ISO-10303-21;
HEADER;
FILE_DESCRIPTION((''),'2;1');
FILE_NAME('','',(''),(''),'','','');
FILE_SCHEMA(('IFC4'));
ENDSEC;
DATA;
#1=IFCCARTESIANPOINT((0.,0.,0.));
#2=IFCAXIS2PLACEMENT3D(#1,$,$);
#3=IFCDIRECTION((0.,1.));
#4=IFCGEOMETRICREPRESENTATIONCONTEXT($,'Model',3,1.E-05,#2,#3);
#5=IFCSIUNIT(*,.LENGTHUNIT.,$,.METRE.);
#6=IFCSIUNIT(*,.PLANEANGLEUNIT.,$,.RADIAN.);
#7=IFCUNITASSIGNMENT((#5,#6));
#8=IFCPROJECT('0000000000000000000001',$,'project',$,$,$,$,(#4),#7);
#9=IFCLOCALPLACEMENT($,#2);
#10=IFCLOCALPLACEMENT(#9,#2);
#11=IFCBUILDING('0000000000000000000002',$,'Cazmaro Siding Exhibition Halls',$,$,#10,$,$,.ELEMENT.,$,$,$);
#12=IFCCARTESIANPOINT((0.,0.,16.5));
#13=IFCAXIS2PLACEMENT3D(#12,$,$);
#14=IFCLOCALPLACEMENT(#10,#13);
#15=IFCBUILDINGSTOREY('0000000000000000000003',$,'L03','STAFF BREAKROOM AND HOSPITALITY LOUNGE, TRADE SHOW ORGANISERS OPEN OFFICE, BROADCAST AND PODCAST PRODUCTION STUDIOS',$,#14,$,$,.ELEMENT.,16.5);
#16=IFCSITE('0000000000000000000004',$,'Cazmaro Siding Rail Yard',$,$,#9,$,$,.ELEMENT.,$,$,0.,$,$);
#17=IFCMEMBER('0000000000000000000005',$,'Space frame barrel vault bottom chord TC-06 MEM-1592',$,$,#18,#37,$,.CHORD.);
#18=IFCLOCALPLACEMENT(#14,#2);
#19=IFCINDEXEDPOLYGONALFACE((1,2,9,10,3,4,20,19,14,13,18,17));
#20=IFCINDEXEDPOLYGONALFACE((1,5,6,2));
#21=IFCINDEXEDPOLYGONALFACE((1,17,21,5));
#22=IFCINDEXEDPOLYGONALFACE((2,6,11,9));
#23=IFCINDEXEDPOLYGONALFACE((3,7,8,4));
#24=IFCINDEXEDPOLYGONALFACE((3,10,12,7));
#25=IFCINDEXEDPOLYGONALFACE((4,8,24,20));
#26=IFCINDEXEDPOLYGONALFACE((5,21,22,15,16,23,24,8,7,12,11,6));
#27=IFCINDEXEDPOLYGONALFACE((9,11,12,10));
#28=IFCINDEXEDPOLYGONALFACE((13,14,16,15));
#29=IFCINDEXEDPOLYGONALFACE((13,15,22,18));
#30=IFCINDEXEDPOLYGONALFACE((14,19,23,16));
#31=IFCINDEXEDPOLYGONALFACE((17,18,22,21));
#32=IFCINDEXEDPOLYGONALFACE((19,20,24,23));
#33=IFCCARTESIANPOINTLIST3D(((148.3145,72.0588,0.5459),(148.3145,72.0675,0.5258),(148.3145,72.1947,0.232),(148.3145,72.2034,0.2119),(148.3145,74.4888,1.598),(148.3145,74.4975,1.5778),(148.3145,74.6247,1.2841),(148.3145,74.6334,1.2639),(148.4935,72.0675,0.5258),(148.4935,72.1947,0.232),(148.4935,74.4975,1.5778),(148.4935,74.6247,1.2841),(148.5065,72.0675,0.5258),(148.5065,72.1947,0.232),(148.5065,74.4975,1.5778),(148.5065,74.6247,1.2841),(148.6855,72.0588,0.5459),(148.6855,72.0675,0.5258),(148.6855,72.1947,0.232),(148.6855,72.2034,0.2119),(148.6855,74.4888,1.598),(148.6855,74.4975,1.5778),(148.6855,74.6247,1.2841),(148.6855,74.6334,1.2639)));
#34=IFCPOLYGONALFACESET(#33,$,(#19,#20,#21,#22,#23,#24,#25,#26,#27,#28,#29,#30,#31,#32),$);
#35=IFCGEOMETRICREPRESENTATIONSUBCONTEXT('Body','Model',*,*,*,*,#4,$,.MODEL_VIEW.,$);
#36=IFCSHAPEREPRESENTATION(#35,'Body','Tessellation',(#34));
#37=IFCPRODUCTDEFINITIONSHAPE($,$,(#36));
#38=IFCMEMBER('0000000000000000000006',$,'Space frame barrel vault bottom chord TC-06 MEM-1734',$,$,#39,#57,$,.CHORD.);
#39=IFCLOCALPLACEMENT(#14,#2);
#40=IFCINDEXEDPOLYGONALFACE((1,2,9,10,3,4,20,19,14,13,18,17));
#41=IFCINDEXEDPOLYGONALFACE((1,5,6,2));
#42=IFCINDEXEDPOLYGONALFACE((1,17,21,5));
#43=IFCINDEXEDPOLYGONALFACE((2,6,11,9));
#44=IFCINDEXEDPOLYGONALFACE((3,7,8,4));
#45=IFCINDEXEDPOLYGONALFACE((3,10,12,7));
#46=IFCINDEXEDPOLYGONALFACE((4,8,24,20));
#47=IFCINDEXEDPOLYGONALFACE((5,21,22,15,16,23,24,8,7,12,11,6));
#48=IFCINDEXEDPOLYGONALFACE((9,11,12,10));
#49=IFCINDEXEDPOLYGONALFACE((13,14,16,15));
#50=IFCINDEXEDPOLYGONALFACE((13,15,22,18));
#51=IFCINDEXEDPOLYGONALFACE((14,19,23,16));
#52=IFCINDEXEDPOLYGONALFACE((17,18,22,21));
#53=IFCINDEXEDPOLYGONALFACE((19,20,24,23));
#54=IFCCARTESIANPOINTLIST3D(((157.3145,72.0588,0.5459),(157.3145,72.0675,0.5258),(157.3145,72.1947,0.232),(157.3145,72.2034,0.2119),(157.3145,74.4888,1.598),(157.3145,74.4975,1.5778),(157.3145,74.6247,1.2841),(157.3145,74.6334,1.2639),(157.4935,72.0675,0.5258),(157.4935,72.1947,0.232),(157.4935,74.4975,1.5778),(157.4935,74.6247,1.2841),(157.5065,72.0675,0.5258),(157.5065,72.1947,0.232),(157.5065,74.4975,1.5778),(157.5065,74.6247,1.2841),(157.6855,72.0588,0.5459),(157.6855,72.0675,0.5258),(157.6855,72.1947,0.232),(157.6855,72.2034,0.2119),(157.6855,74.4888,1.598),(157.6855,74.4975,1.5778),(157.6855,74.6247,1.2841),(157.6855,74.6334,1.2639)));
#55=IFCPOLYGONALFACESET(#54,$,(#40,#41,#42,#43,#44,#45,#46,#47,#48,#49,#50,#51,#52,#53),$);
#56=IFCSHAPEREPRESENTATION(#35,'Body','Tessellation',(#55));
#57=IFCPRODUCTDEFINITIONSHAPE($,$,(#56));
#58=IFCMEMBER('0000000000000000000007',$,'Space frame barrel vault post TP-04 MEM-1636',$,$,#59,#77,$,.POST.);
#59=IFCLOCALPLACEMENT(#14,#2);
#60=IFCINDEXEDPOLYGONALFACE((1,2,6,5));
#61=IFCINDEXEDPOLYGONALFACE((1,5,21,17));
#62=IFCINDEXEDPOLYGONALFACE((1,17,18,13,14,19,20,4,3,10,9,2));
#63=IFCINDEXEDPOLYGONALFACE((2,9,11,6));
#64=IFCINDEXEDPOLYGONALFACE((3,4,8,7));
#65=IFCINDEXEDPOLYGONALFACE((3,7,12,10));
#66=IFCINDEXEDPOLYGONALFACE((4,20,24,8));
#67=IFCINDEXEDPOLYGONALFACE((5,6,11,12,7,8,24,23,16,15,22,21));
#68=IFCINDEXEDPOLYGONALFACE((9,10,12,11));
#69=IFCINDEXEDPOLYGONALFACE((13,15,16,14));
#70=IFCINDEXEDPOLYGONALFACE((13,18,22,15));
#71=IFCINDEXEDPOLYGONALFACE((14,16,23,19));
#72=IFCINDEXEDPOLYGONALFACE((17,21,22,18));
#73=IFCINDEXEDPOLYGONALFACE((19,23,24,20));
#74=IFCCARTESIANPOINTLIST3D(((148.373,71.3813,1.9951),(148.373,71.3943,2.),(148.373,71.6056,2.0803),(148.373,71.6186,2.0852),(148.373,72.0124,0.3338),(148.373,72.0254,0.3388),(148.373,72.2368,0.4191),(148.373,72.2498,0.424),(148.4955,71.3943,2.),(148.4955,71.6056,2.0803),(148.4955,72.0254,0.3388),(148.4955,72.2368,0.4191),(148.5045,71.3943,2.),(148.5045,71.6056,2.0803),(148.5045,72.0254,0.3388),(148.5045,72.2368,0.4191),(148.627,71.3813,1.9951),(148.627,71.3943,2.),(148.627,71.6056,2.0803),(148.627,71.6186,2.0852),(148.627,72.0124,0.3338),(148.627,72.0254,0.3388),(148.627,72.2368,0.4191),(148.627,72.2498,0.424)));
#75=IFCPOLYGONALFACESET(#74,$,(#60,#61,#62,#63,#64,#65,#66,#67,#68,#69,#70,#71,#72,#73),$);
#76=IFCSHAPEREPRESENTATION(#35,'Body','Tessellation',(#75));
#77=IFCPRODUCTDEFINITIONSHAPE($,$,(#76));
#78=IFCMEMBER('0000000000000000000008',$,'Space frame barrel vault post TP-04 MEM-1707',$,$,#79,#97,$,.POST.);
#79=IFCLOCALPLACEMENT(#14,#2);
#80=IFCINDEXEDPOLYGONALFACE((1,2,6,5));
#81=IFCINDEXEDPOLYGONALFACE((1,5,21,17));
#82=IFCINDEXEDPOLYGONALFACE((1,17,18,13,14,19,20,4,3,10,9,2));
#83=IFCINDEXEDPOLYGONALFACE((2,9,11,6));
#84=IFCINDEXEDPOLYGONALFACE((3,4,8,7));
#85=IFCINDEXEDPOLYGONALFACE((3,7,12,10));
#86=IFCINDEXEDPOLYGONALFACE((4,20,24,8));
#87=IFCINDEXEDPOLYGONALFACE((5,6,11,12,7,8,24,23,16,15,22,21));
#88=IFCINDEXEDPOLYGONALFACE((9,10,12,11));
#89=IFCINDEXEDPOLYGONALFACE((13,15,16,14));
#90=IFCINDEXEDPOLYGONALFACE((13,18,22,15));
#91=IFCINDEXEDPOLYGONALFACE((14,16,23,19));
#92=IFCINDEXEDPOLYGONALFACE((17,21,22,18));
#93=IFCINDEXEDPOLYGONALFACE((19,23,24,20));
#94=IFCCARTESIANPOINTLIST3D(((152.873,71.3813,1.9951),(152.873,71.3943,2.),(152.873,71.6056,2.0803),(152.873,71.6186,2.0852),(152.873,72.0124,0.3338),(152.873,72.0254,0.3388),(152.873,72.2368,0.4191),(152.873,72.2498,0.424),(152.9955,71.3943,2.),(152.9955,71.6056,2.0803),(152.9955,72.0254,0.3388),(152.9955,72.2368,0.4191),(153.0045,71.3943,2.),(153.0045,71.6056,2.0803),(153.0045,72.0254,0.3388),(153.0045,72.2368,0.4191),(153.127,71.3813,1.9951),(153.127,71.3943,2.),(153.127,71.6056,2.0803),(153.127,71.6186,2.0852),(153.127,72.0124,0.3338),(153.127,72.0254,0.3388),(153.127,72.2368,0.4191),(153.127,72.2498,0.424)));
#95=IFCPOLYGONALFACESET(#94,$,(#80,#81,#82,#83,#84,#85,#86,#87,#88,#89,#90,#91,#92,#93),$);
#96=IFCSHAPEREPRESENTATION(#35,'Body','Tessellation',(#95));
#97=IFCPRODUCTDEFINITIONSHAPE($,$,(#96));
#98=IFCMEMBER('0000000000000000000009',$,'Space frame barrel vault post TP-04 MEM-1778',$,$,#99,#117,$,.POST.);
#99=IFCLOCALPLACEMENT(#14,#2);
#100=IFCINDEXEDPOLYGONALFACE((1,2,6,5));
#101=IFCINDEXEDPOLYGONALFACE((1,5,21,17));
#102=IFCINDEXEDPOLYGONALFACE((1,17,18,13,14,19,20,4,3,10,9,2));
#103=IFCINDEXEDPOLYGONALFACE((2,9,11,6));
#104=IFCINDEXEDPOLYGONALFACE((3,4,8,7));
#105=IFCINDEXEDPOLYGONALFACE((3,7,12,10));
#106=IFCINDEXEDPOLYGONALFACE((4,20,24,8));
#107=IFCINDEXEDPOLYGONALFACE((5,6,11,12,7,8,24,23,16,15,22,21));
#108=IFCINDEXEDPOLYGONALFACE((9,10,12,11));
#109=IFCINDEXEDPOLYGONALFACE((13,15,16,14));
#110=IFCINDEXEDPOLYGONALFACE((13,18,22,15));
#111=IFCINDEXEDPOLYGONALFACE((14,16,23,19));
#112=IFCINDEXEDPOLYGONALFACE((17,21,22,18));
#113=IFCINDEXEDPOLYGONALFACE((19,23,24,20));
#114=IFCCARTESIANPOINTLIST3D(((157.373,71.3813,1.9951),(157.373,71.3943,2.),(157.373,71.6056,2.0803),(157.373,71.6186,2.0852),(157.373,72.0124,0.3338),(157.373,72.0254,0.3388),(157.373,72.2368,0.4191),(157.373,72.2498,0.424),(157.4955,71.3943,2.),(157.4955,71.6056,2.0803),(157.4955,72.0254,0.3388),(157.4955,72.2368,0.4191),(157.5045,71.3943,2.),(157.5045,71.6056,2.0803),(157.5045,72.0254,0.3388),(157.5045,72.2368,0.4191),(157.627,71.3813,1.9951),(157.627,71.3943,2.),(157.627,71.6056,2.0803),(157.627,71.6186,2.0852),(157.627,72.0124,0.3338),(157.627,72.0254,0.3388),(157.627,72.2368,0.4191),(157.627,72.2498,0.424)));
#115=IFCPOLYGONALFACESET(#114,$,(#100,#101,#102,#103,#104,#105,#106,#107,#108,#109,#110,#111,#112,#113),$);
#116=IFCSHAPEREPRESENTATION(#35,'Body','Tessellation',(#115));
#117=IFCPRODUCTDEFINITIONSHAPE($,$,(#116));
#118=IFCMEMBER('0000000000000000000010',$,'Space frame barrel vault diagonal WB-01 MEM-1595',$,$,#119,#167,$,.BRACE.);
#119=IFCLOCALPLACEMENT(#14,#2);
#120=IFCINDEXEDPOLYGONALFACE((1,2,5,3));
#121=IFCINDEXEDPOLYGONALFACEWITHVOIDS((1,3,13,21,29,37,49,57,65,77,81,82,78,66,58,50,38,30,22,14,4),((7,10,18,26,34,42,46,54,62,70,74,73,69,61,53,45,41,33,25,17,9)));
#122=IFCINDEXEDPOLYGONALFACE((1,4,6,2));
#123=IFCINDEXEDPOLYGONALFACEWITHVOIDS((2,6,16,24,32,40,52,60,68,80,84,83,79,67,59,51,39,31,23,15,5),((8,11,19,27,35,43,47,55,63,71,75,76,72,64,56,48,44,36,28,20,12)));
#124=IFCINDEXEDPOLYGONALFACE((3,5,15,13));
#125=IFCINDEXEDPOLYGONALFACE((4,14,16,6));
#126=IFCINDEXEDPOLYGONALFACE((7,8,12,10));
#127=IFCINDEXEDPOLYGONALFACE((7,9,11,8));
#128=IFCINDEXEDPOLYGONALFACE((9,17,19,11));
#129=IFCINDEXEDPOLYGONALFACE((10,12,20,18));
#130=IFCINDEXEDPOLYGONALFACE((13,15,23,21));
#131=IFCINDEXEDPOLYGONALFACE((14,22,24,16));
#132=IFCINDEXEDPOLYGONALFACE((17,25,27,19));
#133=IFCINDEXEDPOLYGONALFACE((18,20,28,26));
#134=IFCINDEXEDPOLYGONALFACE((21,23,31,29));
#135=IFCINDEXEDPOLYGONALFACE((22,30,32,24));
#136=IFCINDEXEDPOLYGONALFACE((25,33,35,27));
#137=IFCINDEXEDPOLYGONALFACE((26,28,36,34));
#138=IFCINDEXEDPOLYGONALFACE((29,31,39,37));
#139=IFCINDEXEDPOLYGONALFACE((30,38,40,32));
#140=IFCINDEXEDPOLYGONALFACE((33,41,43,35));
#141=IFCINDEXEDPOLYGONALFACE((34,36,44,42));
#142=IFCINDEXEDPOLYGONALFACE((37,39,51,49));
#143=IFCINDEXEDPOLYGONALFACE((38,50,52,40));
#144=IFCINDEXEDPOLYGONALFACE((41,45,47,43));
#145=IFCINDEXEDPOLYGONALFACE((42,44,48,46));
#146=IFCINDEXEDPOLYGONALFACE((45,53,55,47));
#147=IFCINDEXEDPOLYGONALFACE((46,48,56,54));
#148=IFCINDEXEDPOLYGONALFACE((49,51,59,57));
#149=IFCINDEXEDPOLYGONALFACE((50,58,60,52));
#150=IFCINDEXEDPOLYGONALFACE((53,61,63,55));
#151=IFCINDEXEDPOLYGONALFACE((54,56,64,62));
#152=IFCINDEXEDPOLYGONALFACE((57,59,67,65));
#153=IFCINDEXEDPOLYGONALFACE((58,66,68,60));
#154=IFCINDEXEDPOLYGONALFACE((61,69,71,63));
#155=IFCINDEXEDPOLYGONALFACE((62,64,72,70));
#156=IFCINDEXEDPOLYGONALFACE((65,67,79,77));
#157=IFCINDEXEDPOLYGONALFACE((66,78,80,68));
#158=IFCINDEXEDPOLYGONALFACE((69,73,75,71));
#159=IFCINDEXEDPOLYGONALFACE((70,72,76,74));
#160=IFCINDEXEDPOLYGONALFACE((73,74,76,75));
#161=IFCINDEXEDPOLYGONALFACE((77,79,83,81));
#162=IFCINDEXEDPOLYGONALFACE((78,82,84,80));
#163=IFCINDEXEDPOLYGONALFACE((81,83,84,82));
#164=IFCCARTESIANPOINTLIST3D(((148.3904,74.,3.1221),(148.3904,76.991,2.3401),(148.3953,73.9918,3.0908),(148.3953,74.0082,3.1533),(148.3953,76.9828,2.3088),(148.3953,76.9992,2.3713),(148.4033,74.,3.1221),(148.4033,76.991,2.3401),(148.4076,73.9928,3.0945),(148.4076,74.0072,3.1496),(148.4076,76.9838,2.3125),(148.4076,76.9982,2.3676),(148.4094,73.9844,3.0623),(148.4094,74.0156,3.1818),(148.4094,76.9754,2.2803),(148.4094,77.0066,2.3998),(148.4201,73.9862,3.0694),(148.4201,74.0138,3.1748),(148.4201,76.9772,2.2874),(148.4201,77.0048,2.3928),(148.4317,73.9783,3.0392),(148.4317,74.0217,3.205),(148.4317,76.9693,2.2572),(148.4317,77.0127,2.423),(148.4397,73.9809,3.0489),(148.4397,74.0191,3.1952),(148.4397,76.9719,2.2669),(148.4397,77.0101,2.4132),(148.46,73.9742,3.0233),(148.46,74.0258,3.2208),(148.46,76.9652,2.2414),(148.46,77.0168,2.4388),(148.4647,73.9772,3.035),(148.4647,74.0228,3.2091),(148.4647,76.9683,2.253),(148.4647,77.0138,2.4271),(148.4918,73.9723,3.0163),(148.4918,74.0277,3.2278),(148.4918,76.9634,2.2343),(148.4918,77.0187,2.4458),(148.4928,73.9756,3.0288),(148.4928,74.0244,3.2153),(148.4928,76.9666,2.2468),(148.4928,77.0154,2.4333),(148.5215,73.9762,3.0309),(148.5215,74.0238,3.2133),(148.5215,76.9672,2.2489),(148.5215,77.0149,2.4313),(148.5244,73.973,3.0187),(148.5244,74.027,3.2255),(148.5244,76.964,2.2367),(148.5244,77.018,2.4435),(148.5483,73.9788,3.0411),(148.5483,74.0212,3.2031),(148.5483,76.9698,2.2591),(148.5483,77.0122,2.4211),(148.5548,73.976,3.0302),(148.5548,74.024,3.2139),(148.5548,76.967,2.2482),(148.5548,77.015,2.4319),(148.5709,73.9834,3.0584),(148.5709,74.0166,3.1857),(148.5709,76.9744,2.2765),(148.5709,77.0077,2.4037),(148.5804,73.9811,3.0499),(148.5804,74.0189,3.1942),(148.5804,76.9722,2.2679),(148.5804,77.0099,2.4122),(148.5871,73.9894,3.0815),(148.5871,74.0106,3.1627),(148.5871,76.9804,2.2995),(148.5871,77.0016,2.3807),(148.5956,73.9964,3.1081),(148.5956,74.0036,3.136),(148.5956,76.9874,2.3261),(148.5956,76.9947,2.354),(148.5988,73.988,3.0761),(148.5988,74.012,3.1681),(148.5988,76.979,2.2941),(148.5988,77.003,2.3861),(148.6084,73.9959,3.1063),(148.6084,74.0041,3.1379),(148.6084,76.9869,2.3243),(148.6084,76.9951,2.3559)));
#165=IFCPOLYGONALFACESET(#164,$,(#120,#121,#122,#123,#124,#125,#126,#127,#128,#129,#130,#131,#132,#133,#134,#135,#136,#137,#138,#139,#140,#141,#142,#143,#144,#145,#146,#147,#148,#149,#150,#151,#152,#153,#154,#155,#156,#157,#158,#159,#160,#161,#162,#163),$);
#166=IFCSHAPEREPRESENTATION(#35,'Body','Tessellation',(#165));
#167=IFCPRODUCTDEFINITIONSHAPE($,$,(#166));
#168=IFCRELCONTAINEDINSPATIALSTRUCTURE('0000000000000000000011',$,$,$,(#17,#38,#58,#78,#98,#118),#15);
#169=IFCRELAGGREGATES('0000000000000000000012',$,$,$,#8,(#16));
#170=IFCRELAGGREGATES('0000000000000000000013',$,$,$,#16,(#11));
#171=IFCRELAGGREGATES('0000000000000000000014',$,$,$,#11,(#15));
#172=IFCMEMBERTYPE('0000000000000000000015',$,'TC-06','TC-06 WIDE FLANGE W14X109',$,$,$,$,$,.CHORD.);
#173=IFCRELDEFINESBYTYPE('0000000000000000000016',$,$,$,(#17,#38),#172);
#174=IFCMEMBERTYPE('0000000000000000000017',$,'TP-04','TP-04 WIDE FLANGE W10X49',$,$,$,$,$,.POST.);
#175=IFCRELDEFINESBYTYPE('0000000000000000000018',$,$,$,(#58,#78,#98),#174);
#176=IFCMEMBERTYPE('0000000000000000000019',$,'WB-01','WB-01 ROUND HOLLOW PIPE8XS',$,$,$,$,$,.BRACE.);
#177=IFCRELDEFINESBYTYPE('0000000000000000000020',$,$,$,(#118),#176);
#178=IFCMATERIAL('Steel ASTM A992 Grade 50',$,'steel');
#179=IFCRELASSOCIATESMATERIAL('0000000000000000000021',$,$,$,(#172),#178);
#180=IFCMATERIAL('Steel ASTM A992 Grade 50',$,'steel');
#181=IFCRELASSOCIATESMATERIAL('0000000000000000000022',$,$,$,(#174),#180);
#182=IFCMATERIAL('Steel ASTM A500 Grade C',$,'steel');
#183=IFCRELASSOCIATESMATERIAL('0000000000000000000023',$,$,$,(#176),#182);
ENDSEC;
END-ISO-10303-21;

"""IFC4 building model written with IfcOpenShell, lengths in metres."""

from ifc_helpers import new_model, si_unit, direction, frame, origin, origin_2d, place, context, subcontext, project, spatial, hollow_circle, i_section, extrude, material, material_profile, profile_set, type_object, element, save


model = new_model("IFC4")

# Units and contexts
model_context = context("Model", 3, precision=1e-05, world=origin(), true_north=direction((0.0, 1.0)))
body_context = subcontext(model_context, "Body", "Model", "MODEL_VIEW")
ifc_project = project(units=[si_unit("LENGTHUNIT", "METRE"), si_unit("PLANEANGLEUNIT", "RADIAN")], contexts=[model_context])

# Site, building, storey
site_placement = place(None, origin())
site = spatial("IfcSite", under=ifc_project, at=site_placement, Name="Cazmaro Siding Rail Yard", CompositionType="ELEMENT", RefElevation=0.0)
building_placement = place(site_placement, origin())
building = spatial("IfcBuilding", under=site, at=building_placement, Name="Cazmaro Siding Exhibition Halls", CompositionType="ELEMENT")
storey_placement = place(building_placement, frame((0.0, 0.0, 16.5)))
storey = spatial("IfcBuildingStorey", under=building, at=storey_placement, Name="L03", Description="STAFF BREAKROOM AND HOSPITALITY LOUNGE, TRADE SHOW ORGANISERS OPEN OFFICE, BROADCAST AND PODCAST PRODUCTION STUDIOS", CompositionType="ELEMENT", Elevation=16.5)

# Members
ifc_material_1 = material(Name="Steel ASTM A992 Grade 50", Category="steel")
ifc_material_profile_1 = material_profile(ifc_material_1, i_section(OverallWidth=0.3711, OverallDepth=0.364, WebThickness=0.0129, FlangeThickness=0.022, at=origin_2d()), Name="W14X109")
ifc_profile_set_1 = profile_set([ifc_material_profile_1], Name="Steel ASTM A992 Grade 50")
member_type_1 = type_object("IfcMemberType", Name="TC-06", Description="TC-06 WIDE FLANGE W14X109", PredefinedType="CHORD", material=ifc_profile_set_1)
for number, where, z_axis, x_axis, name in (
    (1, (148.5, 72.1311, 0.3789), (0.0, 0.917689, 0.397299), (-1.0, 0.0, 0.0), "Space frame barrel vault bottom chord TC-06 MEM-1592"),
    (2, (157.5, 72.1311, 0.3789), (0.0, 0.917689, 0.397299), (-1.0, 0.0, 0.0), "Space frame barrel vault bottom chord TC-06 MEM-1734"),
):
    element("IfcMember", number, at=place(storey_placement, frame(where, z_axis=z_axis, x_axis=x_axis)), inside=storey, type_object=member_type_1, Name=name, PredefinedType="CHORD", context=body_context, shape_type="SweptSolid", body=[
        extrude(i_section(OverallWidth=0.3711, OverallDepth=0.364, WebThickness=0.0129, FlangeThickness=0.022, at=origin_2d()), origin(), (0.0, 0.0, 1.0), 2.6479),
    ])
ifc_material_2 = material(Name="Steel ASTM A992 Grade 50", Category="steel")
ifc_material_profile_2 = material_profile(ifc_material_2, i_section(OverallWidth=0.2539, OverallDepth=0.2539, WebThickness=0.009, FlangeThickness=0.0139, at=origin_2d()), Name="W10X49")
ifc_profile_set_2 = profile_set([ifc_material_profile_2], Name="Steel ASTM A992 Grade 50")
member_type_2 = type_object("IfcMemberType", Name="TP-04", Description="TP-04 WIDE FLANGE W10X49", PredefinedType="POST", material=ifc_profile_set_2)
for number, where, z_axis, x_axis, name in (
    (3, (148.5, 72.1311, 0.3789), (0.0, -0.355155, 0.934807), (1.0, 0.0, 0.0), "Space frame barrel vault post TP-04 MEM-1636"),
    (4, (153.0, 72.1311, 0.3789), (0.0, -0.355155, 0.934807), (1.0, 0.0, 0.0), "Space frame barrel vault post TP-04 MEM-1707"),
    (5, (157.5, 72.1311, 0.3789), (0.0, -0.355155, 0.934807), (1.0, 0.0, 0.0), "Space frame barrel vault post TP-04 MEM-1778"),
):
    element("IfcMember", number, at=place(storey_placement, frame(where, z_axis=z_axis, x_axis=x_axis)), inside=storey, type_object=member_type_2, Name=name, PredefinedType="POST", context=body_context, shape_type="SweptSolid", body=[
        extrude(i_section(OverallWidth=0.2539, OverallDepth=0.2539, WebThickness=0.009, FlangeThickness=0.0139, at=origin_2d()), origin(), (0.0, 0.0, 1.0), 1.7771),
    ])
ifc_material_3 = material(Name="Steel ASTM A500 Grade C", Category="steel")
ifc_material_profile_3 = material_profile(ifc_material_3, hollow_circle(Radius=0.1096, WallThickness=0.0129, at=origin_2d()), Name="PIPE8XS")
ifc_profile_set_3 = profile_set([ifc_material_profile_3], Name="Steel ASTM A500 Grade C")
member_type_3 = type_object("IfcMemberType", Name="WB-01", Description="WB-01 ROUND HOLLOW PIPE8XS", PredefinedType="BRACE", material=ifc_profile_set_3)
member_1_placement = place(storey_placement, frame((148.5, 74.0, 3.1221), z_axis=(0.0, 0.96748, -0.252946), x_axis=(-1.0, 0.0, 0.0)))
element("IfcMember", 6, at=member_1_placement, inside=storey, type_object=member_type_3, Name="Space frame barrel vault diagonal WB-01 MEM-1595", PredefinedType="BRACE", context=body_context, shape_type="SweptSolid", body=[
    extrude(hollow_circle(Radius=0.1096, WallThickness=0.0129, at=origin_2d()), origin(), (0.0, 0.0, 1.0), 3.0916),
])

save(model, "model.ifc")
